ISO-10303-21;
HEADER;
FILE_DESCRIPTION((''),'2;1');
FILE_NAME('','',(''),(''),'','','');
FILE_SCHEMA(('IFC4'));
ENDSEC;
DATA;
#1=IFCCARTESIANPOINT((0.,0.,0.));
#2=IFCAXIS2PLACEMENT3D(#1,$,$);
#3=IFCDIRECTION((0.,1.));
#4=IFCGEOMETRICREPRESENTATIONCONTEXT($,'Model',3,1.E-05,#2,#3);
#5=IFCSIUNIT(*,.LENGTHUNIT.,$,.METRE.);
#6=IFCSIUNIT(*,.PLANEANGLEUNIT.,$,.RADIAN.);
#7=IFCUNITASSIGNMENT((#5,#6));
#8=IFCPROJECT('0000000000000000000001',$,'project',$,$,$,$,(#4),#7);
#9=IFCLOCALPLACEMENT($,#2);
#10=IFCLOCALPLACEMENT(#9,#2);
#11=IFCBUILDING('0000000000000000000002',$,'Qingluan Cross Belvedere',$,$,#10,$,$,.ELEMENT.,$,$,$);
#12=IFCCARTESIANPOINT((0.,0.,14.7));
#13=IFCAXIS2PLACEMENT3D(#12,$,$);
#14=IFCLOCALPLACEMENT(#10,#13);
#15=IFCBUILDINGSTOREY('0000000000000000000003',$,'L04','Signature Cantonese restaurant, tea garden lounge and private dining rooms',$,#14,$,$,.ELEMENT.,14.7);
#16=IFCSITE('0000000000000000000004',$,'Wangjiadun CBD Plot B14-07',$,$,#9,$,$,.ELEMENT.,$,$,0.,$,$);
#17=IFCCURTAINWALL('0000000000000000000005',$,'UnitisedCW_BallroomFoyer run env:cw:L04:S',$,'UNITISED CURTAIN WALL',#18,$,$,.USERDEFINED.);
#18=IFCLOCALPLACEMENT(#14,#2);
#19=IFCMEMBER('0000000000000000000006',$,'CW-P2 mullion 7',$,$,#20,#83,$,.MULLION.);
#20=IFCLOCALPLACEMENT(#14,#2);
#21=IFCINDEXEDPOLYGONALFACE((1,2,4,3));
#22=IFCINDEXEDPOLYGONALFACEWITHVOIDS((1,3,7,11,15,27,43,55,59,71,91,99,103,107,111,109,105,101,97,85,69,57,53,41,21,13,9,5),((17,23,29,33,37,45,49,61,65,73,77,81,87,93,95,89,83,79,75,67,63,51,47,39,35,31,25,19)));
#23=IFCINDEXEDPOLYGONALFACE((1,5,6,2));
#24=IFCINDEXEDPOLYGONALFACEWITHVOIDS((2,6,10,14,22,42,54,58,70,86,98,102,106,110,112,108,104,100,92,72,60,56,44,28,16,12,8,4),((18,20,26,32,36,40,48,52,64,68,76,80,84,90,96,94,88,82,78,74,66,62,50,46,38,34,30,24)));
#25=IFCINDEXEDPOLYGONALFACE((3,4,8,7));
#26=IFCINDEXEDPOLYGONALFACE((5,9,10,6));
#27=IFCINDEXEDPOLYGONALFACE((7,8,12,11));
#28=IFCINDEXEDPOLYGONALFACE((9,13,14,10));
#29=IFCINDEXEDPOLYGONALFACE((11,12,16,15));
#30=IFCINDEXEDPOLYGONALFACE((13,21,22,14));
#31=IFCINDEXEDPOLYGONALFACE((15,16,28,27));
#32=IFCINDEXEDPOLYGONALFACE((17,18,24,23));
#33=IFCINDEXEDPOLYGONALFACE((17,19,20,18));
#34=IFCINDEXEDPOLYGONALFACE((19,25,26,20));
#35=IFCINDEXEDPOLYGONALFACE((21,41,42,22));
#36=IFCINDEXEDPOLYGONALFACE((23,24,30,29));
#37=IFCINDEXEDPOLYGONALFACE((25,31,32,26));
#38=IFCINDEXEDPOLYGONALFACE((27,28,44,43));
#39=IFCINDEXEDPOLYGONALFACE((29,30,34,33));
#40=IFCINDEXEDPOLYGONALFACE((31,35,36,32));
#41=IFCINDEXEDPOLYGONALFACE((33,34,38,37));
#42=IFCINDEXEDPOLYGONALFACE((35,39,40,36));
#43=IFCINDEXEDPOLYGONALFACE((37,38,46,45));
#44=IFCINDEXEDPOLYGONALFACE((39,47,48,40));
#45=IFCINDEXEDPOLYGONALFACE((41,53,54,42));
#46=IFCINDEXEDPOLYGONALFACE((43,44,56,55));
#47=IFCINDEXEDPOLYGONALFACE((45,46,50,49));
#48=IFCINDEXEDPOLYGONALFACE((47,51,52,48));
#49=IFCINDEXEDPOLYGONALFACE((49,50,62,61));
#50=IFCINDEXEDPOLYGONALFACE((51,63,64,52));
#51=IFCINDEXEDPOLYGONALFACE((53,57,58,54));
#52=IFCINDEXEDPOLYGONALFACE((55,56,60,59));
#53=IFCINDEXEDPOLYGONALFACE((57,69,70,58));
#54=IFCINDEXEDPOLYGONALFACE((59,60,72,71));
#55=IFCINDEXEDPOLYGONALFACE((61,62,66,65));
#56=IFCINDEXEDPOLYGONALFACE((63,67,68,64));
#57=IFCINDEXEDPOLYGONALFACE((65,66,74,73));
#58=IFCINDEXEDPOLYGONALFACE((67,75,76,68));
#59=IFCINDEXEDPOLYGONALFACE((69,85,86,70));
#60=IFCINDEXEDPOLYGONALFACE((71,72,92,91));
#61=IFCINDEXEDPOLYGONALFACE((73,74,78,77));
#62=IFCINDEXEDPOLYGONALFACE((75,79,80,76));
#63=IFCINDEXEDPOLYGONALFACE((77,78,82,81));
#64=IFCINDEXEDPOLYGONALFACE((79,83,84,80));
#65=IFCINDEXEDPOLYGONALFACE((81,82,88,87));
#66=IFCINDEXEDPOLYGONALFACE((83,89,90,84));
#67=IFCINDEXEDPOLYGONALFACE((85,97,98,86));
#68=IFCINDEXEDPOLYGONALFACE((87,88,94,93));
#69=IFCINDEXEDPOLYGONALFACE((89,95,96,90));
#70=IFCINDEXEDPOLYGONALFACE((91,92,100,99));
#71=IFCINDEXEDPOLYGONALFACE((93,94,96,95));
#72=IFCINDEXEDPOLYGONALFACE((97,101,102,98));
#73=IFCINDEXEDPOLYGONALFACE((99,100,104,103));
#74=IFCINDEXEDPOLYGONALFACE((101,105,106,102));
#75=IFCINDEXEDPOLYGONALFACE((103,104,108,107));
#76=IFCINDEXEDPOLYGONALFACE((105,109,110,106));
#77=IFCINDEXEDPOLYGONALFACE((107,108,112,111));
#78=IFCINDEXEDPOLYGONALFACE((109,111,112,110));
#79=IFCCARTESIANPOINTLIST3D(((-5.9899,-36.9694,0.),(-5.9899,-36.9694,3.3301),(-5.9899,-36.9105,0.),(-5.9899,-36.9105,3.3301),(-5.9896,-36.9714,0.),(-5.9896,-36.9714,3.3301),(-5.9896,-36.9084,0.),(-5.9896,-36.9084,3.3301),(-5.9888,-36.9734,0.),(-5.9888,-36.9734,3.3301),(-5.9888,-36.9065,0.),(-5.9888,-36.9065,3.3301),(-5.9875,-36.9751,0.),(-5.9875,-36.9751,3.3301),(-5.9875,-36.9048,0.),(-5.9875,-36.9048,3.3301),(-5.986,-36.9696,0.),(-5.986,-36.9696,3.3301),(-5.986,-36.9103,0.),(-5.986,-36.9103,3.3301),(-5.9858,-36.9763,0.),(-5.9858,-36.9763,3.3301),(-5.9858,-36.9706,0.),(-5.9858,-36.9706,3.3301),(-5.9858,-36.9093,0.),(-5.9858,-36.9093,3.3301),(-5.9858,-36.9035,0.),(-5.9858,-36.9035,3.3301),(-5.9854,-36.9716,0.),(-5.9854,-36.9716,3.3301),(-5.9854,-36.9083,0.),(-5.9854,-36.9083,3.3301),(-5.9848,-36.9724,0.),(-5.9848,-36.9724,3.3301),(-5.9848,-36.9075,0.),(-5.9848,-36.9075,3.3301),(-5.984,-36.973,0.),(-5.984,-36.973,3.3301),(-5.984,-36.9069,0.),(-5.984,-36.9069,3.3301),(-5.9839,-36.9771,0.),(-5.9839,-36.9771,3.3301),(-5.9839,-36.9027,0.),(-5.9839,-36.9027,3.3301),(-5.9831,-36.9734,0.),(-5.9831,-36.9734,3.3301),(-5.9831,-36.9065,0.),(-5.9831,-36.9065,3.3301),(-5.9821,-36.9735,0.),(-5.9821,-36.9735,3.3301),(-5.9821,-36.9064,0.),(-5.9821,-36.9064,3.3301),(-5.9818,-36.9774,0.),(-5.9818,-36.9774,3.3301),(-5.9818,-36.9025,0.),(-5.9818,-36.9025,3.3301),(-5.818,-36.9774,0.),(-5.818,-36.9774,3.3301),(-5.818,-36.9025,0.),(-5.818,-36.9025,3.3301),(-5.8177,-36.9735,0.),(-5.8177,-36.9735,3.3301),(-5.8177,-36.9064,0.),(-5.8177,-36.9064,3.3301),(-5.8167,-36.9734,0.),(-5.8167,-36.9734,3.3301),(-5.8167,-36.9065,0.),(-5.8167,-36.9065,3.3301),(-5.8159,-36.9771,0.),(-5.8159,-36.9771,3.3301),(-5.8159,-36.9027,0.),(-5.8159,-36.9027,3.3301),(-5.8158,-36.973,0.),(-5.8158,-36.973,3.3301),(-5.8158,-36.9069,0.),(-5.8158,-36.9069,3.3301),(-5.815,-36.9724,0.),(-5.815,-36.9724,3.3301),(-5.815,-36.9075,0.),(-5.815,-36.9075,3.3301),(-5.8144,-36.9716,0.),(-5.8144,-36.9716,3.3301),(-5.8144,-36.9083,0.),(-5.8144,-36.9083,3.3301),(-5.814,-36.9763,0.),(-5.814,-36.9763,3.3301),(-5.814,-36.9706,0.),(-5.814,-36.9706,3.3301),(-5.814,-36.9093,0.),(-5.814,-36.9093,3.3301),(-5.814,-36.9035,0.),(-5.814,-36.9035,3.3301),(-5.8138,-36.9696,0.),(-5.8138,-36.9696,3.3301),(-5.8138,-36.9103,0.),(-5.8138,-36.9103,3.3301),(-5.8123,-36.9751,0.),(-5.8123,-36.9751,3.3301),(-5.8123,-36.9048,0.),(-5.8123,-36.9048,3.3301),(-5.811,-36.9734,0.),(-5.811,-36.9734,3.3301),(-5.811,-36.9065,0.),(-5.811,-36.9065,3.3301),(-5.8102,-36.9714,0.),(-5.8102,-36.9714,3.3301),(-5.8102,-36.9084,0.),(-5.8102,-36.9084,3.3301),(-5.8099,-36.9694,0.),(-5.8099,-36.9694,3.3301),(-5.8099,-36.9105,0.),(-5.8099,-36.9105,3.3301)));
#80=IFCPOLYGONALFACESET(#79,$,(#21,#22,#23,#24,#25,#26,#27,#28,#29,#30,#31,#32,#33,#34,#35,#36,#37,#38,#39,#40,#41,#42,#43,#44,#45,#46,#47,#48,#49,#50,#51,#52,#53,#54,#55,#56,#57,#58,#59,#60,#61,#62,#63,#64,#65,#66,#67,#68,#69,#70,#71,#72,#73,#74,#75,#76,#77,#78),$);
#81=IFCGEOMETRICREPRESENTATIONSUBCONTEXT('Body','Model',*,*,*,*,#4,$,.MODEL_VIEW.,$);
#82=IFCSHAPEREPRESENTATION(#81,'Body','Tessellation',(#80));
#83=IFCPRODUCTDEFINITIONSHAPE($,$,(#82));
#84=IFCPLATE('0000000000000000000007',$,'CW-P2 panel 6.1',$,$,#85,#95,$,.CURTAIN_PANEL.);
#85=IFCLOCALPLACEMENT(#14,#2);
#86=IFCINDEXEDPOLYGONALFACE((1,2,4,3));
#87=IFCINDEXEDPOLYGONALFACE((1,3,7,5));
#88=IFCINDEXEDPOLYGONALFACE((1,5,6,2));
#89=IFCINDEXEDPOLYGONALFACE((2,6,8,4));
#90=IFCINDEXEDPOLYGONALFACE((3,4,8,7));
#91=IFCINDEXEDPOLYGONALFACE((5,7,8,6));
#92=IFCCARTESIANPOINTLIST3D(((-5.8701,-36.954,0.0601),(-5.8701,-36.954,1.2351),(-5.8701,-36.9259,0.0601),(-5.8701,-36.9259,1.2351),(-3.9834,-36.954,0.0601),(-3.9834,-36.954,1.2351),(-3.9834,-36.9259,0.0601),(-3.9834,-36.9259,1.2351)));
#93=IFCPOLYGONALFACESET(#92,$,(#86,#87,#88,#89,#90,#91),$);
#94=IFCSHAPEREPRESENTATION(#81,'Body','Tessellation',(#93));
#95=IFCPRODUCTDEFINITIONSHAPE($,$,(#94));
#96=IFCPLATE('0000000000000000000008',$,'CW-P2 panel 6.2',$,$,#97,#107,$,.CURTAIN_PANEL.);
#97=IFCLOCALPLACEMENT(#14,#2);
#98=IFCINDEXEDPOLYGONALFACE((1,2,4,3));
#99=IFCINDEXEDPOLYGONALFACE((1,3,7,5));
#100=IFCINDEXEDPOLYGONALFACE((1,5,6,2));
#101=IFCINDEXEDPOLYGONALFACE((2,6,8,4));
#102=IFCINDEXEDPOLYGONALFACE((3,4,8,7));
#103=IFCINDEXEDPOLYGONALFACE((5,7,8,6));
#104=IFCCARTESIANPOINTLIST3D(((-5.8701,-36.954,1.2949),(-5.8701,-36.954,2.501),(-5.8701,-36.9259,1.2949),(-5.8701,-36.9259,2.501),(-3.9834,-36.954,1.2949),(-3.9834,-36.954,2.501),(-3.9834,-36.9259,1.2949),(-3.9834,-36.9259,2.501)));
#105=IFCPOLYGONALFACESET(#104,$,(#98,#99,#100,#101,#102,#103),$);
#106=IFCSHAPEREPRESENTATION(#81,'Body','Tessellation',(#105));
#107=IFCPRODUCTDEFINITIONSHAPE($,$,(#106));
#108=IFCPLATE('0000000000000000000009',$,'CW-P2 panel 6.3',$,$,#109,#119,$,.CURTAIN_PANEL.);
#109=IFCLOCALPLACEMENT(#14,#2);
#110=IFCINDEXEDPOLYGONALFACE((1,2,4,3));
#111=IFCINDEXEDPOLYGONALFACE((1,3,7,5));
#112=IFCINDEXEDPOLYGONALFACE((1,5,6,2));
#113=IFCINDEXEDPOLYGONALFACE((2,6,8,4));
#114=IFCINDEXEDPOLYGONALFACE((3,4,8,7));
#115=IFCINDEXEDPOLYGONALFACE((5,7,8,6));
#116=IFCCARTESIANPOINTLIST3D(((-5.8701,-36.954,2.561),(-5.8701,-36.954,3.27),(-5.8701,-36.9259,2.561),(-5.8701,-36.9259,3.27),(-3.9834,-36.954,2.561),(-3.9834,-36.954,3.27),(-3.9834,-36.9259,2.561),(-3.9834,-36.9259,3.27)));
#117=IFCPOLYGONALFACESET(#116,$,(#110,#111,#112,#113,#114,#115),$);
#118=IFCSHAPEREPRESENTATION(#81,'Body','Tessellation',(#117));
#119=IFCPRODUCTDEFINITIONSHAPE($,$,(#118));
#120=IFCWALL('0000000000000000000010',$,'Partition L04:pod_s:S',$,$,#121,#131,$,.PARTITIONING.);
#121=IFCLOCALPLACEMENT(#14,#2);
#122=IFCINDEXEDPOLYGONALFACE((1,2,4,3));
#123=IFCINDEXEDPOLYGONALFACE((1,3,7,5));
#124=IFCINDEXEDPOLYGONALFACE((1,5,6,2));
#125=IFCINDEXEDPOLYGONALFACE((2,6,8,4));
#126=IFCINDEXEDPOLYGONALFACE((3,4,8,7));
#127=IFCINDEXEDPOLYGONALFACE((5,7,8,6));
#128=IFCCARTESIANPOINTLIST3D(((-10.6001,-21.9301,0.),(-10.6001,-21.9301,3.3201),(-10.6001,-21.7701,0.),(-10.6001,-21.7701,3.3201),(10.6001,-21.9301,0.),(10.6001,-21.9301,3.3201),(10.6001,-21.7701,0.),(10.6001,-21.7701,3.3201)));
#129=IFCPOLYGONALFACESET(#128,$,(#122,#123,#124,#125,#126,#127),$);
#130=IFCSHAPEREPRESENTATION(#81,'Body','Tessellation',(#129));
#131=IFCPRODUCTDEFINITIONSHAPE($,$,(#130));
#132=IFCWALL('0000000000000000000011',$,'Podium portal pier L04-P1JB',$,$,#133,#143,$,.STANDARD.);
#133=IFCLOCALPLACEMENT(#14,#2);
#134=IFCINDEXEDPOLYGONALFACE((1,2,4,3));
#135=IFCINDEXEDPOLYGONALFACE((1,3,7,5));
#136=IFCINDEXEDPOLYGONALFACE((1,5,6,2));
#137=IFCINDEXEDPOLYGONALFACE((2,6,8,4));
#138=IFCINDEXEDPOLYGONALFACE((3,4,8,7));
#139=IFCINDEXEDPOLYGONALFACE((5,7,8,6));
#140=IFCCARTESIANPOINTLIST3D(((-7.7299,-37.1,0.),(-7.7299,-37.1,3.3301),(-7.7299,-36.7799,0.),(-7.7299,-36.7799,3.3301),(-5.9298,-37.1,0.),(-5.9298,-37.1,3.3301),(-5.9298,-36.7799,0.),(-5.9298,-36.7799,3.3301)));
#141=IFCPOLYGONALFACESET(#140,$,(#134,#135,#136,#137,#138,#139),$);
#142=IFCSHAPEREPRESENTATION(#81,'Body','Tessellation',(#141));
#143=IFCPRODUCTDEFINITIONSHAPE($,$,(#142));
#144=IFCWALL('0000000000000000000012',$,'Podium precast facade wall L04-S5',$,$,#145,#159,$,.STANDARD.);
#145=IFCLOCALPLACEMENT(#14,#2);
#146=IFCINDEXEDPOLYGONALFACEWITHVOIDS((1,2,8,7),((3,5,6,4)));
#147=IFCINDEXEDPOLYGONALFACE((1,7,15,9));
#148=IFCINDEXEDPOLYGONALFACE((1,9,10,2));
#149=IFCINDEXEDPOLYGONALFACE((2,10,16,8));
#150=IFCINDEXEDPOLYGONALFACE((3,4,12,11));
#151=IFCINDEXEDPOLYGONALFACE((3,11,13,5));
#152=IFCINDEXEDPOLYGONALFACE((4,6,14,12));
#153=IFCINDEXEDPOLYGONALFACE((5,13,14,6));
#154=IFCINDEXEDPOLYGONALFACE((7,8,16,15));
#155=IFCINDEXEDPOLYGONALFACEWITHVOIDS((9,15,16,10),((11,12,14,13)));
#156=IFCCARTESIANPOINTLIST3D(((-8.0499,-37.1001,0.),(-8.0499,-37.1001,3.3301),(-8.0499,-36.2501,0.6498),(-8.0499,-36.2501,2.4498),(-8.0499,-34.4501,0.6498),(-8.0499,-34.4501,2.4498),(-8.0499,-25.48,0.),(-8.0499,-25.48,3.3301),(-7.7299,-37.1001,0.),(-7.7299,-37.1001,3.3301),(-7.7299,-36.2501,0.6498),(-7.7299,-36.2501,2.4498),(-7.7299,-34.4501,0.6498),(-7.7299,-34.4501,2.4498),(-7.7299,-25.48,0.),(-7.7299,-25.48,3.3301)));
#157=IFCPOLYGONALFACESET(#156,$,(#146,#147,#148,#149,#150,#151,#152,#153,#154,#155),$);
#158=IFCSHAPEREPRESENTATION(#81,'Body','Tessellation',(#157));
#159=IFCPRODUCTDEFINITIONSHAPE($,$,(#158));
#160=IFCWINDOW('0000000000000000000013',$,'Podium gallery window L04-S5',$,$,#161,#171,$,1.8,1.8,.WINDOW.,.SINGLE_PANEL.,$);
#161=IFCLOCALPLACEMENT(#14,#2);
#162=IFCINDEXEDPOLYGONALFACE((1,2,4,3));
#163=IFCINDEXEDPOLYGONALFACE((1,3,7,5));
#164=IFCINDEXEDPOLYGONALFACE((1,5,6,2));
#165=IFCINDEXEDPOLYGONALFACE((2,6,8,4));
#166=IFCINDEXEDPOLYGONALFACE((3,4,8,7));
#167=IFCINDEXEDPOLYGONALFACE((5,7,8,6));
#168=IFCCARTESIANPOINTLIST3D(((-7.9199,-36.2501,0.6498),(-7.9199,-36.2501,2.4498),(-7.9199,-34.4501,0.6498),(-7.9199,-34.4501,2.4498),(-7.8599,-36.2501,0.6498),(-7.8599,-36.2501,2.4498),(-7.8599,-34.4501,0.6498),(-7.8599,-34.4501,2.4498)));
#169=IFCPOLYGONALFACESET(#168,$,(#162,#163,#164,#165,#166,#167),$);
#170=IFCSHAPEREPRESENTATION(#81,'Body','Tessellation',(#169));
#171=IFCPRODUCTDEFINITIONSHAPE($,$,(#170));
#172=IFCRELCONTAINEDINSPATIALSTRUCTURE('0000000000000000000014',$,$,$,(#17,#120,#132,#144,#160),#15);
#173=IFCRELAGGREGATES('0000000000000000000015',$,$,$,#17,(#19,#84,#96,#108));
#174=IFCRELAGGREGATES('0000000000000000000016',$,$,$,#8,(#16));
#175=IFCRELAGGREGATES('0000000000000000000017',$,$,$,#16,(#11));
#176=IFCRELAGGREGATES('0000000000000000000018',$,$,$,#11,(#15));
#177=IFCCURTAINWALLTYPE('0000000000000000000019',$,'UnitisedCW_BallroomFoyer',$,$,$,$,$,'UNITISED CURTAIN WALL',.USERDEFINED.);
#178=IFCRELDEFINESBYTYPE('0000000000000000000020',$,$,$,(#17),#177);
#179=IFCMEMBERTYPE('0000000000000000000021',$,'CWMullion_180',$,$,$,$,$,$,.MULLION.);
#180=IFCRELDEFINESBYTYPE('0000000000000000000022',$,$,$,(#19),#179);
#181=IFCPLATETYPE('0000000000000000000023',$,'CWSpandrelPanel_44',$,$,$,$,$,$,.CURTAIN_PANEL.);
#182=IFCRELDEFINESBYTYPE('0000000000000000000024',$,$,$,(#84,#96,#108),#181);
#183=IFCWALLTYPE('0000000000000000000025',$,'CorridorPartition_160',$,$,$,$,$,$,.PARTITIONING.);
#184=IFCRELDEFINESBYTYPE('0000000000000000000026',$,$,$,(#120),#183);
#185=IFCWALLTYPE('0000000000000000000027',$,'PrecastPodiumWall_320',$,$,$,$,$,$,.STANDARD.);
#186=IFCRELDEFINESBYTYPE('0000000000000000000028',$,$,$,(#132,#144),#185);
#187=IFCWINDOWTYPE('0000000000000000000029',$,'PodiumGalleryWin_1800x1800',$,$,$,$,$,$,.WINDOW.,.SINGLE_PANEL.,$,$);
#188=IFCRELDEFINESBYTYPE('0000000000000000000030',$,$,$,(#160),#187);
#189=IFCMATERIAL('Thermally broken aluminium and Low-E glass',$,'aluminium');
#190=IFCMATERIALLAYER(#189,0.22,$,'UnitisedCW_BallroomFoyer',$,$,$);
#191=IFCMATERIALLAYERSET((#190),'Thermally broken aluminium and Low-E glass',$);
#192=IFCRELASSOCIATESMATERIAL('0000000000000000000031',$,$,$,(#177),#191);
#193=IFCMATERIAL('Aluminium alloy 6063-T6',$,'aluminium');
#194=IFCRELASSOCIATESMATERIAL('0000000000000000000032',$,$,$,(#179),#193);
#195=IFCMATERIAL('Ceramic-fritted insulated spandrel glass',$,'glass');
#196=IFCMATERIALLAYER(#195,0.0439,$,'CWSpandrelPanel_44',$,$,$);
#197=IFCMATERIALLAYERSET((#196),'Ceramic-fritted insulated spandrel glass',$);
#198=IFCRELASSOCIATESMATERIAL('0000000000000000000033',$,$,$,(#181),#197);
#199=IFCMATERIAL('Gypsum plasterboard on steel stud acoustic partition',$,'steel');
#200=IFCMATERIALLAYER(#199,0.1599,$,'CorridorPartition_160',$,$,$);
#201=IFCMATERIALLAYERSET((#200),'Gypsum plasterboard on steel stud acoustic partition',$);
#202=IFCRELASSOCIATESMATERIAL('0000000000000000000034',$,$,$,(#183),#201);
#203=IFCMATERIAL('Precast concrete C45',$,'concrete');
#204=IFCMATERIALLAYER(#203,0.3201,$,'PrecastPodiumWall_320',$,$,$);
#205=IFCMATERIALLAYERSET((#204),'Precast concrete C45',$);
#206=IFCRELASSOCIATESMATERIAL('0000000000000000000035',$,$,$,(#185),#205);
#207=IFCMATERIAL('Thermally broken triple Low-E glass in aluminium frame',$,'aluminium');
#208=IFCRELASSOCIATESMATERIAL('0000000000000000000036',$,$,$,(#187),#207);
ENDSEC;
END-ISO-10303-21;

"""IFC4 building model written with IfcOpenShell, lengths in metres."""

from ifc_helpers import new_model, si_unit, direction, frame, frame_2d, origin, origin_2d, place, context, subcontext, project, spatial, rectangle, hollow_rectangle, extrude, material, layer, layer_set, material_profile, profile_set, type_object, element, fill, aggregate, save


model = new_model("IFC4")

# Units and contexts
model_context = context("Model", 3, precision=1e-05, world=origin(), true_north=direction((0.0, 1.0)))
body_context = subcontext(model_context, "Body", "Model", "MODEL_VIEW")
ifc_project = project(units=[si_unit("LENGTHUNIT", "METRE"), si_unit("PLANEANGLEUNIT", "RADIAN")], contexts=[model_context])

# Site, building, storey
site_placement = place(None, origin())
site = spatial("IfcSite", under=ifc_project, at=site_placement, Name="Wangjiadun CBD Plot B14-07", CompositionType="ELEMENT", RefElevation=0.0)
building_placement = place(site_placement, origin())
building = spatial("IfcBuilding", under=site, at=building_placement, Name="Qingluan Cross Belvedere", CompositionType="ELEMENT")
storey_placement = place(building_placement, frame((0.0, 0.0, 14.7)))
storey = spatial("IfcBuildingStorey", under=building, at=storey_placement, Name="L04", Description="Signature Cantonese restaurant, tea garden lounge and private dining rooms", CompositionType="ELEMENT", Elevation=14.7)

# Curtain wall, member, plates
ifc_material_1 = material(Name="Thermally broken aluminium and Low-E glass", Category="aluminium")
ifc_layer_1 = layer(ifc_material_1, 0.22, Name="UnitisedCW_BallroomFoyer")
ifc_layer_set_1 = layer_set([ifc_layer_1], Name="Thermally broken aluminium and Low-E glass")
curtain_wall_type = type_object("IfcCurtainWallType", Name="UnitisedCW_BallroomFoyer", ElementType="UNITISED CURTAIN WALL", PredefinedType="USERDEFINED", material=ifc_layer_set_1)
curtain_wall_placement = place(storey_placement, origin())
curtain_wall = element("IfcCurtainWall", 1, at=curtain_wall_placement, inside=storey, type_object=curtain_wall_type, Name="UnitisedCW_BallroomFoyer run env:cw:L04:S", ObjectType="UNITISED CURTAIN WALL", PredefinedType="USERDEFINED")
ifc_material_2 = material(Name="Aluminium alloy 6063-T6", Category="aluminium")
ifc_material_profile = material_profile(ifc_material_2, hollow_rectangle(XDim=0.075, YDim=0.1799, WallThickness=0.0039, InnerFilletRadius=0.0039, OuterFilletRadius=0.0081, at=origin_2d()), Name="CWM180x75x4")
ifc_profile_set = profile_set([ifc_material_profile], Name="Aluminium alloy 6063-T6")
member_type = type_object("IfcMemberType", Name="CWMullion_180", PredefinedType="MULLION", material=ifc_profile_set)
member_placement = place(storey_placement, frame((-5.8999, -36.9399, 0.0), z_axis=(0.0, 0.0, 1.0), x_axis=(0.0, -1.0, 0.0)))
member = element("IfcMember", 2, at=member_placement, type_object=member_type, Name="CW-P2 mullion 7", PredefinedType="MULLION", context=body_context, shape_type="SweptSolid", body=[
    extrude(hollow_rectangle(XDim=0.075, YDim=0.1799, WallThickness=0.0039, InnerFilletRadius=0.0039, OuterFilletRadius=0.0081, at=origin_2d()), origin(), (0.0, 0.0, 1.0), 3.3301),
])
ifc_material_3 = material(Name="Ceramic-fritted insulated spandrel glass", Category="glass")
ifc_layer_2 = layer(ifc_material_3, 0.0439, Name="CWSpandrelPanel_44")
ifc_layer_set_2 = layer_set([ifc_layer_2], Name="Ceramic-fritted insulated spandrel glass")
plate_type = type_object("IfcPlateType", Name="CWSpandrelPanel_44", PredefinedType="CURTAIN_PANEL", material=ifc_layer_set_2)
plate_1_placement = place(storey_placement, frame((-4.9268, -36.9399, 0.0601), z_axis=(0.0, 0.0, 1.0), x_axis=(-1.0, 0.0, 0.0)))
plate_1 = element("IfcPlate", 3, at=plate_1_placement, type_object=plate_type, Name="CW-P2 panel 6.1", PredefinedType="CURTAIN_PANEL", context=body_context, shape_type="SweptSolid", body=[
    extrude(rectangle(XDim=1.8867, YDim=0.0281, at=origin_2d()), origin(), (0.0, 0.0, 1.0), 1.175),
])
plate_2_placement = place(storey_placement, frame((-4.9268, -36.9399, 1.2949), z_axis=(0.0, 0.0, 1.0), x_axis=(-1.0, 0.0, 0.0)))
plate_2 = element("IfcPlate", 4, at=plate_2_placement, type_object=plate_type, Name="CW-P2 panel 6.2", PredefinedType="CURTAIN_PANEL", context=body_context, shape_type="SweptSolid", body=[
    extrude(rectangle(XDim=1.8867, YDim=0.0281, at=origin_2d()), origin(), (0.0, 0.0, 1.0), 1.2061),
])
plate_3_placement = place(storey_placement, frame((-4.9268, -36.9399, 2.561), z_axis=(0.0, 0.0, 1.0), x_axis=(-1.0, 0.0, 0.0)))
plate_3 = element("IfcPlate", 5, at=plate_3_placement, type_object=plate_type, Name="CW-P2 panel 6.3", PredefinedType="CURTAIN_PANEL", context=body_context, shape_type="SweptSolid", body=[
    extrude(rectangle(XDim=1.8867, YDim=0.0281, at=origin_2d()), origin(), (0.0, 0.0, 1.0), 0.709),
])
aggregate(curtain_wall, [member, plate_1, plate_2, plate_3])

# Walls
ifc_material_4 = material(Name="Gypsum plasterboard on steel stud acoustic partition", Category="steel")
ifc_layer_3 = layer(ifc_material_4, 0.1599, Name="CorridorPartition_160")
ifc_layer_set_3 = layer_set([ifc_layer_3], Name="Gypsum plasterboard on steel stud acoustic partition")
wall_type_1 = type_object("IfcWallType", Name="CorridorPartition_160", PredefinedType="PARTITIONING", material=ifc_layer_set_3)
wall_1_placement = place(storey_placement, frame((-10.6001, -21.8501, 0.0), z_axis=(0.0, 0.0, 1.0), x_axis=(1.0, 0.0, 0.0)))
element("IfcWall", 6, at=wall_1_placement, inside=storey, type_object=wall_type_1, Name="Partition L04:pod_s:S", PredefinedType="PARTITIONING", context=body_context, shape_type="SweptSolid", body=[
    extrude(rectangle(XDim=21.2002, YDim=0.1599, at=frame_2d((10.6001, 0.0))), origin(), (0.0, 0.0, 1.0), 3.3201),
])
ifc_material_5 = material(Name="Precast concrete C45", Category="concrete")
ifc_layer_4 = layer(ifc_material_5, 0.3201, Name="PrecastPodiumWall_320")
ifc_layer_set_4 = layer_set([ifc_layer_4], Name="Precast concrete C45")
wall_type_2 = type_object("IfcWallType", Name="PrecastPodiumWall_320", PredefinedType="STANDARD", material=ifc_layer_set_4)
wall_2_placement = place(storey_placement, frame((-5.9299, -36.9399, 0.0), z_axis=(0.0, 0.0, 1.0), x_axis=(-1.0, 0.0, 0.0)))
element("IfcWall", 7, at=wall_2_placement, inside=storey, type_object=wall_type_2, Name="Podium portal pier L04-P1JB", PredefinedType="STANDARD", context=body_context, shape_type="SweptSolid", body=[
    extrude(rectangle(XDim=1.8, YDim=0.3201, at=frame_2d((0.8999, 0.0))), origin(), (0.0, 0.0, 1.0), 3.3301),
])

# Wall, opening, window
wall_3_placement = place(storey_placement, frame((-7.8899, -37.1001, 0.0), z_axis=(0.0, 0.0, 1.0), x_axis=(0.0, 1.0, 0.0)))
wall_3 = element("IfcWall", 8, at=wall_3_placement, inside=storey, type_object=wall_type_2, Name="Podium precast facade wall L04-S5", PredefinedType="STANDARD", context=body_context, shape_type="SweptSolid", body=[
    extrude(rectangle(XDim=11.6201, YDim=0.3201, at=frame_2d((5.8101, 0.0))), origin(), (0.0, 0.0, 1.0), 3.3301),
])
opening_1_placement = place(wall_3_placement, frame((0.8501, 0.0, 0.6499)))
opening_1 = element("IfcOpeningElement", 9, at=opening_1_placement, cuts=wall_3, PredefinedType="OPENING", context=body_context, shape_type="SweptSolid", body=[
    extrude(rectangle(XDim=1.8, YDim=1.8, at=frame_2d((0.8999, 0.8999))), frame((0.0, 0.1699, 0.0), z_axis=(0.0, -1.0, 0.0), x_axis=(1.0, 0.0, 0.0)), (0.0, 0.0, 1.0), 0.3401),
])
ifc_material_6 = material(Name="Thermally broken triple Low-E glass in aluminium frame", Category="aluminium")
window_type = type_object("IfcWindowType", Name="PodiumGalleryWin_1800x1800", PartitioningType="SINGLE_PANEL", PredefinedType="WINDOW", material=ifc_material_6)
window_1_placement = place(opening_1_placement, origin())
window_1 = element("IfcWindow", 10, at=window_1_placement, inside=storey, type_object=window_type, Name="Podium gallery window L04-S5", OverallHeight=1.8, OverallWidth=1.8, PartitioningType="SINGLE_PANEL", PredefinedType="WINDOW", context=body_context, shape_type="SweptSolid", body=[
    extrude(rectangle(XDim=1.8, YDim=1.8, at=frame_2d((0.8999, 0.8999))), frame((0.0, 0.03, 0.0), z_axis=(0.0, -1.0, 0.0), x_axis=(1.0, 0.0, 0.0)), (0.0, 0.0, 1.0), 0.0601),
])
fill(opening_1, window_1)

save(model, "model.ifc")
